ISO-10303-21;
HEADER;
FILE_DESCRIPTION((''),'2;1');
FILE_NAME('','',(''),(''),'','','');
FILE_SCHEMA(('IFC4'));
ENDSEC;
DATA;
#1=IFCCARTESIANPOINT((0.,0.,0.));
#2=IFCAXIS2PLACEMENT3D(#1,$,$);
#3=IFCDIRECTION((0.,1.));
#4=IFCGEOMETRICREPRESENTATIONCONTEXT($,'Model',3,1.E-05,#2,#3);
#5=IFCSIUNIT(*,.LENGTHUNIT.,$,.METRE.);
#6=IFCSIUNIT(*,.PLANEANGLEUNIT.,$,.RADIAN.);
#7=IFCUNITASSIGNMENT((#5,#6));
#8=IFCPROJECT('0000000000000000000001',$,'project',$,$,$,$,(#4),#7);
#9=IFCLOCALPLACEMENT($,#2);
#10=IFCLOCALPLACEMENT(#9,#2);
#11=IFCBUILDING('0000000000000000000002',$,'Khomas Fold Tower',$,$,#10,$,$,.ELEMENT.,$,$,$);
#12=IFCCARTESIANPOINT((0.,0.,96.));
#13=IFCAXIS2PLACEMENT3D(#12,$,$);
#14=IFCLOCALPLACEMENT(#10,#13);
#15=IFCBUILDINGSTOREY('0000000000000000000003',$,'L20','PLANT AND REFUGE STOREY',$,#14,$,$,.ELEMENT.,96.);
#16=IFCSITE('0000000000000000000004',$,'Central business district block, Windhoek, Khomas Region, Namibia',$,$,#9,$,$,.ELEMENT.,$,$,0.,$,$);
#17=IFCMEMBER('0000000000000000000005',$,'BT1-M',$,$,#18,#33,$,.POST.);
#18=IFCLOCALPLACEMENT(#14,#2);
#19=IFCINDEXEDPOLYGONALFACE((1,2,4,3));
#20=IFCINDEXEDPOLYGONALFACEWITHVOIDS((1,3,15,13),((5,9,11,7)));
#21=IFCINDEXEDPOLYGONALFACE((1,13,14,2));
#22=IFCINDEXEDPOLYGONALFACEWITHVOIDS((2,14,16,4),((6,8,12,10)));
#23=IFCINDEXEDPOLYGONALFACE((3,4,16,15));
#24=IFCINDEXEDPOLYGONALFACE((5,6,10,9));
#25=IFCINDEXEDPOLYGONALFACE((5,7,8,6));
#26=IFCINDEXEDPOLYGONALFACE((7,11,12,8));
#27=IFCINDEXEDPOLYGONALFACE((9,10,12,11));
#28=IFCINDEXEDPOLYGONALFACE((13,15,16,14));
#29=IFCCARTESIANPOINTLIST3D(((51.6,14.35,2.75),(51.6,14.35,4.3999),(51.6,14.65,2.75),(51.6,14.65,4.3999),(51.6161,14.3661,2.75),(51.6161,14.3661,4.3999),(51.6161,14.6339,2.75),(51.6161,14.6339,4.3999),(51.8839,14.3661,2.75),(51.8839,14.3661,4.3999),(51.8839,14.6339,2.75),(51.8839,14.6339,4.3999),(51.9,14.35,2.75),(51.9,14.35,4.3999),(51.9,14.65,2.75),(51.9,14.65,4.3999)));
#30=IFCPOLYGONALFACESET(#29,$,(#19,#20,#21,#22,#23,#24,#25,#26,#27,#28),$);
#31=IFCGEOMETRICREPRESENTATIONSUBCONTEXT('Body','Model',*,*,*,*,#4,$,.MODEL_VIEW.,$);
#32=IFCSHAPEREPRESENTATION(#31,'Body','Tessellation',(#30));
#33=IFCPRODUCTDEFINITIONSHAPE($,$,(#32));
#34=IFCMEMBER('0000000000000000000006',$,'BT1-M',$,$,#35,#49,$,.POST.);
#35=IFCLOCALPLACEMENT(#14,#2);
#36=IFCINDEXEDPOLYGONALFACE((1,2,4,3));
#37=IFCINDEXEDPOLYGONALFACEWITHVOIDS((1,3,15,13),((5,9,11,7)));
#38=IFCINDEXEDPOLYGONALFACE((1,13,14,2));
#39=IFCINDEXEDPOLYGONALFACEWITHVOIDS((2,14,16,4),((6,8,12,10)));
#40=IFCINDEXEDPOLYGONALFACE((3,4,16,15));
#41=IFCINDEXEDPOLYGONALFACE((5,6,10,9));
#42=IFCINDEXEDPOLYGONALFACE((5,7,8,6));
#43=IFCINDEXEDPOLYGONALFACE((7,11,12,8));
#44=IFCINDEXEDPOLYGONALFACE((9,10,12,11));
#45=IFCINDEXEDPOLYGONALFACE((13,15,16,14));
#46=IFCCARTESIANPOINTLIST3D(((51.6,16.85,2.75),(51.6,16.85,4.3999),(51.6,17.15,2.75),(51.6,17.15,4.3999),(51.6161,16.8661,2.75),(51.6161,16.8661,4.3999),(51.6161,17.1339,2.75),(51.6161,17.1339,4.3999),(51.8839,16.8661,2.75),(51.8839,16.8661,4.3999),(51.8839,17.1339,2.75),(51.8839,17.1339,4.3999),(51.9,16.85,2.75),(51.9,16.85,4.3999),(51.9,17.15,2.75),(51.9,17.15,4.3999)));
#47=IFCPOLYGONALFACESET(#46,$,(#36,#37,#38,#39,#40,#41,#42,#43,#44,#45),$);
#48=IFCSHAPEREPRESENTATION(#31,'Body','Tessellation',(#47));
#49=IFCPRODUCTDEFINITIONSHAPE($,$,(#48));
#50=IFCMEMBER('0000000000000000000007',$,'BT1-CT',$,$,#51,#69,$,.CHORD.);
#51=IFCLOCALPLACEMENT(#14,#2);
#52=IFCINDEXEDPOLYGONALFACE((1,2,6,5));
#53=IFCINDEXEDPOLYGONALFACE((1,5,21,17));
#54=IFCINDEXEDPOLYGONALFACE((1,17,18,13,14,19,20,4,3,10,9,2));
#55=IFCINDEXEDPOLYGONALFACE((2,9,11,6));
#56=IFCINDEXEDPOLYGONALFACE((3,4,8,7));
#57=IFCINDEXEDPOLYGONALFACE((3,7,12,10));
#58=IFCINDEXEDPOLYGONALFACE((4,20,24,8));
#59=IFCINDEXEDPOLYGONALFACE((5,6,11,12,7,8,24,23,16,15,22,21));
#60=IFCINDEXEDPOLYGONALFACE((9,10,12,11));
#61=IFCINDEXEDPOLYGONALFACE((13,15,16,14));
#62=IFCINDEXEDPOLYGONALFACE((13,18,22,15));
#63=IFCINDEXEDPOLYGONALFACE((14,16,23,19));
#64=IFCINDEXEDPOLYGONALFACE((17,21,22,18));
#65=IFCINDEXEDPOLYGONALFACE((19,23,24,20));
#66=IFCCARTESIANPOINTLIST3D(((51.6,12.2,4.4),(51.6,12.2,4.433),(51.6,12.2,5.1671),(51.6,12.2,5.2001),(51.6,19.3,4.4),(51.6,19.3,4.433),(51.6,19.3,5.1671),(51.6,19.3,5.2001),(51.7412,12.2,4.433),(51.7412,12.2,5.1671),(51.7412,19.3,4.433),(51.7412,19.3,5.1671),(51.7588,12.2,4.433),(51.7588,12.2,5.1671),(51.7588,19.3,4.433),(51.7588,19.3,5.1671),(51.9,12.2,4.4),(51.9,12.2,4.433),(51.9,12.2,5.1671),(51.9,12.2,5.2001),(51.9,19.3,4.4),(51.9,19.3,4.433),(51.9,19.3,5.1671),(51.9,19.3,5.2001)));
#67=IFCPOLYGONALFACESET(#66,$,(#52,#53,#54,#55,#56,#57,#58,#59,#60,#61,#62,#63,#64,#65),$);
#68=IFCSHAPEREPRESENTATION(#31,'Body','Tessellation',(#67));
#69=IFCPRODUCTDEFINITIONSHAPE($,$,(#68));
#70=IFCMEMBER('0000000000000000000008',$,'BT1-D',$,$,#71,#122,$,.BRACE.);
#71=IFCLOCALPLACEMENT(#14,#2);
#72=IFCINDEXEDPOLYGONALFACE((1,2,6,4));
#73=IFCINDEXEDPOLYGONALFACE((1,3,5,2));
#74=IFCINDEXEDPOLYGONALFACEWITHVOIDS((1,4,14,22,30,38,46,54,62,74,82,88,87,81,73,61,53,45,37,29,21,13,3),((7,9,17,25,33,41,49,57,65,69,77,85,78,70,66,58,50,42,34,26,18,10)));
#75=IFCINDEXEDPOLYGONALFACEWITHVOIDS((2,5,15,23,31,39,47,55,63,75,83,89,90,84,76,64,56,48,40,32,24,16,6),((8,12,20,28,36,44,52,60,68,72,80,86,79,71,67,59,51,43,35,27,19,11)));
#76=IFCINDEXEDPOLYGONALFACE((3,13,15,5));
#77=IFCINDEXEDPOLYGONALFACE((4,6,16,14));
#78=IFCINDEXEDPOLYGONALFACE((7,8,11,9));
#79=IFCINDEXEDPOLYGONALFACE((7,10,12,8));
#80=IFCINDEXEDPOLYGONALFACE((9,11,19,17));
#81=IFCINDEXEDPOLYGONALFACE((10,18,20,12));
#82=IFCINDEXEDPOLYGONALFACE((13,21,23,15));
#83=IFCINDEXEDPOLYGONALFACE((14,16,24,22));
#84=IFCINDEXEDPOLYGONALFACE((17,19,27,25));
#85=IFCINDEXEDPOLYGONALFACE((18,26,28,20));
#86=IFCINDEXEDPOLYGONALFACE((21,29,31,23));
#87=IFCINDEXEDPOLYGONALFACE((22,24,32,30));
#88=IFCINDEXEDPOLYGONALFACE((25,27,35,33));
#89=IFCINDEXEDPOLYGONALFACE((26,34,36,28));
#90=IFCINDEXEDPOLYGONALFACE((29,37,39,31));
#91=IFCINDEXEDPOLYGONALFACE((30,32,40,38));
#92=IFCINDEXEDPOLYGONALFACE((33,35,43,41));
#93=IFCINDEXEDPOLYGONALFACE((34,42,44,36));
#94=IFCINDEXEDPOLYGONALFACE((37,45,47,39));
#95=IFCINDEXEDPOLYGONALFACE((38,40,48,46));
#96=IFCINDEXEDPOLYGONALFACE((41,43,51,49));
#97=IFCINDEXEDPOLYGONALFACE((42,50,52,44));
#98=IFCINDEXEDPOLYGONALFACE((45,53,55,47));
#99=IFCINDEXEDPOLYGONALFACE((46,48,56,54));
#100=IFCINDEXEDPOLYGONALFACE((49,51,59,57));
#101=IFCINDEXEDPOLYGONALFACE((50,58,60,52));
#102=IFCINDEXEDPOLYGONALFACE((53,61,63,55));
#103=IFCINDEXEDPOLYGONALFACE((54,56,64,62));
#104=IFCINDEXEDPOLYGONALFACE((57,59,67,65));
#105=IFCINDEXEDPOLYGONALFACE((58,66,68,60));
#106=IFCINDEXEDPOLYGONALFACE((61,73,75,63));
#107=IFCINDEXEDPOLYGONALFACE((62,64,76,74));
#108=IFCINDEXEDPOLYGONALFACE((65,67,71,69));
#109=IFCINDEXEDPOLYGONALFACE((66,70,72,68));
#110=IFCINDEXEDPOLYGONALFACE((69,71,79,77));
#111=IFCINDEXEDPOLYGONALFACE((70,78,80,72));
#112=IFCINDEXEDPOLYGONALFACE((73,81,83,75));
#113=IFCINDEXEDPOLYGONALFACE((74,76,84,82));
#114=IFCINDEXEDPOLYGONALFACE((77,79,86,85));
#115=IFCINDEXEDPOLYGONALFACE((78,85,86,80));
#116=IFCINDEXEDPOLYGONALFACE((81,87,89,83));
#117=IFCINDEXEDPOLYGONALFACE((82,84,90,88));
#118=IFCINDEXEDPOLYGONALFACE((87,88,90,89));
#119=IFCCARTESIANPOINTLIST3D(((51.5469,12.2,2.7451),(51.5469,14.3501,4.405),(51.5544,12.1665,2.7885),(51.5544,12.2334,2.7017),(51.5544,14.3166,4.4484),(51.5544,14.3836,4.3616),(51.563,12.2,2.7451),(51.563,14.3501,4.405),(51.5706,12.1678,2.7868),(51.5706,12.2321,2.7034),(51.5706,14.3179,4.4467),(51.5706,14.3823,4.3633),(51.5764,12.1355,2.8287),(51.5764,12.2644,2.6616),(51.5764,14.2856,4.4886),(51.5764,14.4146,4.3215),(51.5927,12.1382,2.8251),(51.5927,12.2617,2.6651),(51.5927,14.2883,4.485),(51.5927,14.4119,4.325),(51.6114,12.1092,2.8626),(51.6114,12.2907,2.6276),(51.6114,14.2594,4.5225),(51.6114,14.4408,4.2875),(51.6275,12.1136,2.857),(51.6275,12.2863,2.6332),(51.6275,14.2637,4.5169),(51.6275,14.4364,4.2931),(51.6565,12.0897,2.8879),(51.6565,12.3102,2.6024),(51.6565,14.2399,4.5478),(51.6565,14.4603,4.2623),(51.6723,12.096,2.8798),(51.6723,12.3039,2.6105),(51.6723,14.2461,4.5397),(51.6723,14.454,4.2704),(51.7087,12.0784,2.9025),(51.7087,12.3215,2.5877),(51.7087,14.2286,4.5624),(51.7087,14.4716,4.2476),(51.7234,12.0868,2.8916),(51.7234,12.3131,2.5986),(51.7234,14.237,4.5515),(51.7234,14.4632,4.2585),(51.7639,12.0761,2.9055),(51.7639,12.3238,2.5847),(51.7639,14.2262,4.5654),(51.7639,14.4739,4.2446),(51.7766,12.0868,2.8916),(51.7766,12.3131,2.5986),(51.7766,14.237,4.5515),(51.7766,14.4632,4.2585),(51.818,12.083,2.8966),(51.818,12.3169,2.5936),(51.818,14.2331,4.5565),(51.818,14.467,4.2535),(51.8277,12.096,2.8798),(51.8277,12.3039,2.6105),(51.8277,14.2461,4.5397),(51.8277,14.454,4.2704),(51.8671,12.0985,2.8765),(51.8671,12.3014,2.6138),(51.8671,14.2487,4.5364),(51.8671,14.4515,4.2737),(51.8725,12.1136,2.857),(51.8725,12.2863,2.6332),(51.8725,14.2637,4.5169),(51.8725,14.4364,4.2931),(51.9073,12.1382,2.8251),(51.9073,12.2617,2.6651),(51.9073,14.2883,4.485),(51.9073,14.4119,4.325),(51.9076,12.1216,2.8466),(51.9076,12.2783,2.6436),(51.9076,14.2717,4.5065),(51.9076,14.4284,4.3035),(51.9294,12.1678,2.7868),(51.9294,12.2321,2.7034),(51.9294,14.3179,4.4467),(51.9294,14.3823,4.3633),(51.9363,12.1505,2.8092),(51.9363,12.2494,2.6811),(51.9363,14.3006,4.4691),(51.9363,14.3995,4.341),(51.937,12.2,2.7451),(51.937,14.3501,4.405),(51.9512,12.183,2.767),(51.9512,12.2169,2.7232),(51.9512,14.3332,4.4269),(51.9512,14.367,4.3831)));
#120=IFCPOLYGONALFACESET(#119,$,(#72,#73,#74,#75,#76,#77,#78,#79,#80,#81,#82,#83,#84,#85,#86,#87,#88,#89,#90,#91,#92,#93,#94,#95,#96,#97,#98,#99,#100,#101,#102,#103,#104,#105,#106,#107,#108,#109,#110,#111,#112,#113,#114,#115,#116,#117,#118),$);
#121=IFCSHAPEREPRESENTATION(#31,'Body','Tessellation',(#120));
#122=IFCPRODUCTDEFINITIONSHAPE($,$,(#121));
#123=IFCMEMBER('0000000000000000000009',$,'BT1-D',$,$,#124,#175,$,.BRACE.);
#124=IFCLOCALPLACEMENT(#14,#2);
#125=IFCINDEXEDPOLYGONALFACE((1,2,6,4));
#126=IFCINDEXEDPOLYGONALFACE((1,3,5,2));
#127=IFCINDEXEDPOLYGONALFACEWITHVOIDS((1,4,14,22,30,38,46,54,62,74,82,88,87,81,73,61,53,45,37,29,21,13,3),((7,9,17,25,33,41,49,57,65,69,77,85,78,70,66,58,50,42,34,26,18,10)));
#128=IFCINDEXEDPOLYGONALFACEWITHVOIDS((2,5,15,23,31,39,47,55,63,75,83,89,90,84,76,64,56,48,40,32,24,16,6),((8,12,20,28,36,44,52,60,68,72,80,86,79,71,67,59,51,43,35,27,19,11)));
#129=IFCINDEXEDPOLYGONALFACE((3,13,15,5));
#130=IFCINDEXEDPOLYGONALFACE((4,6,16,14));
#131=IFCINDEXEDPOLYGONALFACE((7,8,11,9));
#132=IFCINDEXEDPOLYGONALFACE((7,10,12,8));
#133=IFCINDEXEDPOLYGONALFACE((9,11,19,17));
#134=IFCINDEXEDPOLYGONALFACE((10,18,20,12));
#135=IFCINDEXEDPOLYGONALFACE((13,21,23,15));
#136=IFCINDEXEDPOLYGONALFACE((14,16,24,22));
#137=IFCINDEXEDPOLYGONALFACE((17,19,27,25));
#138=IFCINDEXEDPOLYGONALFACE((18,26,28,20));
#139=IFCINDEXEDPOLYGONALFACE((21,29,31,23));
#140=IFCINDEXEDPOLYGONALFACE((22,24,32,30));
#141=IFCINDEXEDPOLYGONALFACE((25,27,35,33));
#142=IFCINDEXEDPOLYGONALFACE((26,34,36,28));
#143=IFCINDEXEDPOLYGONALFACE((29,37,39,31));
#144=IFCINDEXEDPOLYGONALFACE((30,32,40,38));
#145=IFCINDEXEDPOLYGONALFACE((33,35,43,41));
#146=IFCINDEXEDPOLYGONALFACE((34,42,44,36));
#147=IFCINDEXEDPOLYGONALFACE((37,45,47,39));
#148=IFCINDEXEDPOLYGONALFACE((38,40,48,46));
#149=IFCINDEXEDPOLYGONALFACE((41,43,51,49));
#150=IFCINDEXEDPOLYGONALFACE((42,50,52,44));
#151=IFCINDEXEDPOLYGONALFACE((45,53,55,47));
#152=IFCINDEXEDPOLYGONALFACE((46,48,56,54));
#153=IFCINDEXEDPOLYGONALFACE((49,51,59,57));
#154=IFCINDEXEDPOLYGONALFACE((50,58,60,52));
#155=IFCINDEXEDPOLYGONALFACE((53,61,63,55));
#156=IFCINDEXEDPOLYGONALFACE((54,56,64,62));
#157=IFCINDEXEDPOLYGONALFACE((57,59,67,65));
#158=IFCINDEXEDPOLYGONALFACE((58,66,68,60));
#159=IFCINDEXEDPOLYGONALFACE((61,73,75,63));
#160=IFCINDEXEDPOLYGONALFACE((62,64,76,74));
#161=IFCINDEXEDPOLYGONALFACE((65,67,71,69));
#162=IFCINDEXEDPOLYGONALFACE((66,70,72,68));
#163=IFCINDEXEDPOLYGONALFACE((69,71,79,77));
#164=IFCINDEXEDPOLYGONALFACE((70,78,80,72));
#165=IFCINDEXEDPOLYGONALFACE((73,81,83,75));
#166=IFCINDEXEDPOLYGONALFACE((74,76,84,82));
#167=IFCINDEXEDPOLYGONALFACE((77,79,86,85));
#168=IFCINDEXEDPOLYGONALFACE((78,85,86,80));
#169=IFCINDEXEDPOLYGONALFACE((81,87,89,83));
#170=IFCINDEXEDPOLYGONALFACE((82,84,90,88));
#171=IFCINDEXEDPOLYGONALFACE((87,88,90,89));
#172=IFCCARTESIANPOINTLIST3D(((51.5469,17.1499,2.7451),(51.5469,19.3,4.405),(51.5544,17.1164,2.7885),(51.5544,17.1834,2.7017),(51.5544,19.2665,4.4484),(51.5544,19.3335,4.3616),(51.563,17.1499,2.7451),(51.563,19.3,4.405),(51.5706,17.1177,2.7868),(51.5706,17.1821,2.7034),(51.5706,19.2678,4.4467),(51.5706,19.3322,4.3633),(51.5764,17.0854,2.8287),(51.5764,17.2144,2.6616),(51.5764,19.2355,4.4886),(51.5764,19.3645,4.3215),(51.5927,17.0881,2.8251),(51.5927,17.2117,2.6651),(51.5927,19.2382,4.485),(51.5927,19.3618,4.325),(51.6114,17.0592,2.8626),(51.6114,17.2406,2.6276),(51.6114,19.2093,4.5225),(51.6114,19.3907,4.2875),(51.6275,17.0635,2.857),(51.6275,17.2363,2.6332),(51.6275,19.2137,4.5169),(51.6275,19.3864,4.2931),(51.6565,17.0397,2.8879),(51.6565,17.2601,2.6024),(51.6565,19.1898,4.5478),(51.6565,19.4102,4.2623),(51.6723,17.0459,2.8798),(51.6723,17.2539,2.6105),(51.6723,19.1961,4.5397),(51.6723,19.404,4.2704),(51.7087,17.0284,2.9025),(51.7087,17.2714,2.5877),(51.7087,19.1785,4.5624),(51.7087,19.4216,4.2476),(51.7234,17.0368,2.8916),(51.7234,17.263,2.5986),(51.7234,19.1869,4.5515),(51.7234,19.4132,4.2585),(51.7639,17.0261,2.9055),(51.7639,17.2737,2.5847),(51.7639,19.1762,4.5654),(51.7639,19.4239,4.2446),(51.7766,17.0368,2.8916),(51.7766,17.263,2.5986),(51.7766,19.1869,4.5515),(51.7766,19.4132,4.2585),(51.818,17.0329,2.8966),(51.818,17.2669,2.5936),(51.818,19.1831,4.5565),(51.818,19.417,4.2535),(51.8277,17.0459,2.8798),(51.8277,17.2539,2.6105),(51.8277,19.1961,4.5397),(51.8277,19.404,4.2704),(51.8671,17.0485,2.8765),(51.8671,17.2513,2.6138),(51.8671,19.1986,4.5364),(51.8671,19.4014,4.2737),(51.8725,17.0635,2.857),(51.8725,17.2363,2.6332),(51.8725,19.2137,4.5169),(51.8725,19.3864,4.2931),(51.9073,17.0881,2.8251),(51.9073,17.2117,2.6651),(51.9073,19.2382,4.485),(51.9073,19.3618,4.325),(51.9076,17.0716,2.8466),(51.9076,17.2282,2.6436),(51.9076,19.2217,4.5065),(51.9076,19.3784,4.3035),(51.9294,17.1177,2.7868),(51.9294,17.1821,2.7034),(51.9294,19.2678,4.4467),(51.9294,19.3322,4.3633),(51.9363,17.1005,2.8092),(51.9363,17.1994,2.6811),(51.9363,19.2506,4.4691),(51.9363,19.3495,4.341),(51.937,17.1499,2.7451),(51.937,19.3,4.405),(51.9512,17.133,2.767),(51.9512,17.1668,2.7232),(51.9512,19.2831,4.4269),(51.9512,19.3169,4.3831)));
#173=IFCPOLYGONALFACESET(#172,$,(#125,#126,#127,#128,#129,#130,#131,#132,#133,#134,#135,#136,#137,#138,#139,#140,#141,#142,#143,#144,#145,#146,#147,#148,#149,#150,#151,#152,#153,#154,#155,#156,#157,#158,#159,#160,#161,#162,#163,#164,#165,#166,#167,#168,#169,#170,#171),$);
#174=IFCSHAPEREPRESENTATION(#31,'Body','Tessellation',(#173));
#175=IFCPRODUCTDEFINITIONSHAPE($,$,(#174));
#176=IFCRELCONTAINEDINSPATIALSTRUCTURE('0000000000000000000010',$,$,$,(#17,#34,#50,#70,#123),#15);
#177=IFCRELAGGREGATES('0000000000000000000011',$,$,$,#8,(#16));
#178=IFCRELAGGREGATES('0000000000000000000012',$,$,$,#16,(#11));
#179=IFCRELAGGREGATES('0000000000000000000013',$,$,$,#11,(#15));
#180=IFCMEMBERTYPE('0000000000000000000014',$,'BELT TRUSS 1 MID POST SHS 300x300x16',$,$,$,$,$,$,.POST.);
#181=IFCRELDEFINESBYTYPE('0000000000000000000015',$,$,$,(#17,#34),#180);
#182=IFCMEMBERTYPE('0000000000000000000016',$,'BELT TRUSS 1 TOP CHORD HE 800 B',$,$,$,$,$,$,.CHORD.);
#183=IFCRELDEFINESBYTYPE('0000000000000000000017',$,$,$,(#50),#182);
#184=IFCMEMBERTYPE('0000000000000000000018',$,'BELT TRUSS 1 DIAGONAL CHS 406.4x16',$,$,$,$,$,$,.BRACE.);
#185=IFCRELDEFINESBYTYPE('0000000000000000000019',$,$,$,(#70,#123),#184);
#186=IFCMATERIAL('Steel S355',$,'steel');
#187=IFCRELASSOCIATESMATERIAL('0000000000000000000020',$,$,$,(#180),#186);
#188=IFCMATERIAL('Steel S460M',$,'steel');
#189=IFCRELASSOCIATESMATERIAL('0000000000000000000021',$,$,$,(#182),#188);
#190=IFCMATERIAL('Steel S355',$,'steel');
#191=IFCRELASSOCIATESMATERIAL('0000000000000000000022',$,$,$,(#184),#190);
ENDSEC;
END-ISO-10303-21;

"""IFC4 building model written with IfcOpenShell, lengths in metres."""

from ifc_helpers import new_model, si_unit, direction, frame, origin, origin_2d, place, context, subcontext, project, spatial, hollow_rectangle, hollow_circle, i_section, extrude, source, transform, mapped, material, material_profile, profile_set, type_object, element, save


model = new_model("IFC4")

# Units and contexts
model_context = context("Model", 3, precision=1e-05, world=origin(), true_north=direction((0.0, 1.0)))
body_context = subcontext(model_context, "Body", "Model", "MODEL_VIEW")
ifc_project = project(units=[si_unit("LENGTHUNIT", "METRE"), si_unit("PLANEANGLEUNIT", "RADIAN")], contexts=[model_context])

# Site, building, storey
site_placement = place(None, origin())
site = spatial("IfcSite", under=ifc_project, at=site_placement, Name="Central business district block, Windhoek, Khomas Region, Namibia", CompositionType="ELEMENT", RefElevation=0.0)
building_placement = place(site_placement, origin())
building = spatial("IfcBuilding", under=site, at=building_placement, Name="Khomas Fold Tower", CompositionType="ELEMENT")
storey_placement = place(building_placement, frame((0.0, 0.0, 96.0)))
storey = spatial("IfcBuildingStorey", under=building, at=storey_placement, Name="L20", Description="PLANT AND REFUGE STOREY", CompositionType="ELEMENT", Elevation=96.0)

# Members
ifc_material_1 = material(Name="Steel S355", Category="steel")
ifc_material_profile_1 = material_profile(ifc_material_1, hollow_rectangle(XDim=0.3, YDim=0.3, WallThickness=0.0161, at=origin_2d()), Name="SHS 300x300x16")
ifc_profile_set_1 = profile_set([ifc_material_profile_1], Name="Steel S355")
member_type_1 = type_object("IfcMemberType", Name="BELT TRUSS 1 MID POST SHS 300x300x16", PredefinedType="POST", material=ifc_profile_set_1)
shared_shape_1 = source(origin(), body_context, "Body", "SweptSolid", [
    extrude(hollow_rectangle(XDim=0.3, YDim=0.3, WallThickness=0.0161, at=origin_2d()), origin(), (0.0, 0.0, 1.0), 1.6499),
])
for number, where, z_axis, x_axis, name in (
    (1, (51.75, 14.5, 2.75), (0.0, 0.0, 1.0), (1.0, 0.0, 0.0), "BT1-M"),
    (2, (51.75, 17.0, 2.75), (0.0, 0.0, 1.0), (1.0, 0.0, 0.0), "BT1-M"),
):
    element("IfcMember", number, at=place(storey_placement, frame(where, z_axis=z_axis, x_axis=x_axis)), inside=storey, type_object=member_type_1, Name=name, PredefinedType="POST", context=body_context, shape_type="MappedRepresentation", body=[
        mapped(shared_shape_1, transform((0.0, 0.0, 0.0))),
    ])
ifc_material_2 = material(Name="Steel S460M", Category="steel")
ifc_material_profile_2 = material_profile(ifc_material_2, i_section(OverallWidth=0.3, OverallDepth=0.8, WebThickness=0.0176, FlangeThickness=0.033, at=origin_2d()), Name="HE 800 B")
ifc_profile_set_2 = profile_set([ifc_material_profile_2], Name="Steel S460M")
member_type_2 = type_object("IfcMemberType", Name="BELT TRUSS 1 TOP CHORD HE 800 B", PredefinedType="CHORD", material=ifc_profile_set_2)
shared_shape_2 = source(origin(), body_context, "Body", "SweptSolid", [
    extrude(i_section(OverallWidth=0.3, OverallDepth=0.8, WebThickness=0.0176, FlangeThickness=0.033, at=origin_2d()), origin(), (0.0, 0.0, 1.0), 7.1001),
])
member_1_placement = place(storey_placement, frame((51.75, 12.2, 4.8), z_axis=(0.0, 1.0, 0.0), x_axis=(-1.0, 0.0, 0.0)))
element("IfcMember", 3, at=member_1_placement, inside=storey, type_object=member_type_2, Name="BT1-CT", PredefinedType="CHORD", context=body_context, shape_type="MappedRepresentation", body=[
    mapped(shared_shape_2, transform((0.0, 0.0, 0.0))),
])
ifc_material_3 = material(Name="Steel S355", Category="steel")
ifc_material_profile_3 = material_profile(ifc_material_3, hollow_circle(Radius=0.2031, WallThickness=0.0161, at=origin_2d()), Name="CHS 406.4x16")
ifc_profile_set_3 = profile_set([ifc_material_profile_3], Name="Steel S355")
member_type_3 = type_object("IfcMemberType", Name="BELT TRUSS 1 DIAGONAL CHS 406.4x16", PredefinedType="BRACE", material=ifc_profile_set_3)
shared_shape_3 = source(origin(), body_context, "Body", "SweptSolid", [
    extrude(hollow_circle(Radius=0.2031, WallThickness=0.0161, at=origin_2d()), origin(), (0.0, 0.0, 1.0), 2.7163),
])
for number, where, z_axis, x_axis, name in (
    (4, (51.75, 12.2, 2.7451), (0.0, 0.791564, 0.611087), (-1.0, 0.0, 0.0), "BT1-D"),
    (5, (51.75, 17.1499, 2.7451), (0.0, 0.791564, 0.611087), (-1.0, 0.0, 0.0), "BT1-D"),
):
    element("IfcMember", number, at=place(storey_placement, frame(where, z_axis=z_axis, x_axis=x_axis)), inside=storey, type_object=member_type_3, Name=name, PredefinedType="BRACE", context=body_context, shape_type="MappedRepresentation", body=[
        mapped(shared_shape_3, transform((0.0, 0.0, 0.0))),
    ])

save(model, "model.ifc")
